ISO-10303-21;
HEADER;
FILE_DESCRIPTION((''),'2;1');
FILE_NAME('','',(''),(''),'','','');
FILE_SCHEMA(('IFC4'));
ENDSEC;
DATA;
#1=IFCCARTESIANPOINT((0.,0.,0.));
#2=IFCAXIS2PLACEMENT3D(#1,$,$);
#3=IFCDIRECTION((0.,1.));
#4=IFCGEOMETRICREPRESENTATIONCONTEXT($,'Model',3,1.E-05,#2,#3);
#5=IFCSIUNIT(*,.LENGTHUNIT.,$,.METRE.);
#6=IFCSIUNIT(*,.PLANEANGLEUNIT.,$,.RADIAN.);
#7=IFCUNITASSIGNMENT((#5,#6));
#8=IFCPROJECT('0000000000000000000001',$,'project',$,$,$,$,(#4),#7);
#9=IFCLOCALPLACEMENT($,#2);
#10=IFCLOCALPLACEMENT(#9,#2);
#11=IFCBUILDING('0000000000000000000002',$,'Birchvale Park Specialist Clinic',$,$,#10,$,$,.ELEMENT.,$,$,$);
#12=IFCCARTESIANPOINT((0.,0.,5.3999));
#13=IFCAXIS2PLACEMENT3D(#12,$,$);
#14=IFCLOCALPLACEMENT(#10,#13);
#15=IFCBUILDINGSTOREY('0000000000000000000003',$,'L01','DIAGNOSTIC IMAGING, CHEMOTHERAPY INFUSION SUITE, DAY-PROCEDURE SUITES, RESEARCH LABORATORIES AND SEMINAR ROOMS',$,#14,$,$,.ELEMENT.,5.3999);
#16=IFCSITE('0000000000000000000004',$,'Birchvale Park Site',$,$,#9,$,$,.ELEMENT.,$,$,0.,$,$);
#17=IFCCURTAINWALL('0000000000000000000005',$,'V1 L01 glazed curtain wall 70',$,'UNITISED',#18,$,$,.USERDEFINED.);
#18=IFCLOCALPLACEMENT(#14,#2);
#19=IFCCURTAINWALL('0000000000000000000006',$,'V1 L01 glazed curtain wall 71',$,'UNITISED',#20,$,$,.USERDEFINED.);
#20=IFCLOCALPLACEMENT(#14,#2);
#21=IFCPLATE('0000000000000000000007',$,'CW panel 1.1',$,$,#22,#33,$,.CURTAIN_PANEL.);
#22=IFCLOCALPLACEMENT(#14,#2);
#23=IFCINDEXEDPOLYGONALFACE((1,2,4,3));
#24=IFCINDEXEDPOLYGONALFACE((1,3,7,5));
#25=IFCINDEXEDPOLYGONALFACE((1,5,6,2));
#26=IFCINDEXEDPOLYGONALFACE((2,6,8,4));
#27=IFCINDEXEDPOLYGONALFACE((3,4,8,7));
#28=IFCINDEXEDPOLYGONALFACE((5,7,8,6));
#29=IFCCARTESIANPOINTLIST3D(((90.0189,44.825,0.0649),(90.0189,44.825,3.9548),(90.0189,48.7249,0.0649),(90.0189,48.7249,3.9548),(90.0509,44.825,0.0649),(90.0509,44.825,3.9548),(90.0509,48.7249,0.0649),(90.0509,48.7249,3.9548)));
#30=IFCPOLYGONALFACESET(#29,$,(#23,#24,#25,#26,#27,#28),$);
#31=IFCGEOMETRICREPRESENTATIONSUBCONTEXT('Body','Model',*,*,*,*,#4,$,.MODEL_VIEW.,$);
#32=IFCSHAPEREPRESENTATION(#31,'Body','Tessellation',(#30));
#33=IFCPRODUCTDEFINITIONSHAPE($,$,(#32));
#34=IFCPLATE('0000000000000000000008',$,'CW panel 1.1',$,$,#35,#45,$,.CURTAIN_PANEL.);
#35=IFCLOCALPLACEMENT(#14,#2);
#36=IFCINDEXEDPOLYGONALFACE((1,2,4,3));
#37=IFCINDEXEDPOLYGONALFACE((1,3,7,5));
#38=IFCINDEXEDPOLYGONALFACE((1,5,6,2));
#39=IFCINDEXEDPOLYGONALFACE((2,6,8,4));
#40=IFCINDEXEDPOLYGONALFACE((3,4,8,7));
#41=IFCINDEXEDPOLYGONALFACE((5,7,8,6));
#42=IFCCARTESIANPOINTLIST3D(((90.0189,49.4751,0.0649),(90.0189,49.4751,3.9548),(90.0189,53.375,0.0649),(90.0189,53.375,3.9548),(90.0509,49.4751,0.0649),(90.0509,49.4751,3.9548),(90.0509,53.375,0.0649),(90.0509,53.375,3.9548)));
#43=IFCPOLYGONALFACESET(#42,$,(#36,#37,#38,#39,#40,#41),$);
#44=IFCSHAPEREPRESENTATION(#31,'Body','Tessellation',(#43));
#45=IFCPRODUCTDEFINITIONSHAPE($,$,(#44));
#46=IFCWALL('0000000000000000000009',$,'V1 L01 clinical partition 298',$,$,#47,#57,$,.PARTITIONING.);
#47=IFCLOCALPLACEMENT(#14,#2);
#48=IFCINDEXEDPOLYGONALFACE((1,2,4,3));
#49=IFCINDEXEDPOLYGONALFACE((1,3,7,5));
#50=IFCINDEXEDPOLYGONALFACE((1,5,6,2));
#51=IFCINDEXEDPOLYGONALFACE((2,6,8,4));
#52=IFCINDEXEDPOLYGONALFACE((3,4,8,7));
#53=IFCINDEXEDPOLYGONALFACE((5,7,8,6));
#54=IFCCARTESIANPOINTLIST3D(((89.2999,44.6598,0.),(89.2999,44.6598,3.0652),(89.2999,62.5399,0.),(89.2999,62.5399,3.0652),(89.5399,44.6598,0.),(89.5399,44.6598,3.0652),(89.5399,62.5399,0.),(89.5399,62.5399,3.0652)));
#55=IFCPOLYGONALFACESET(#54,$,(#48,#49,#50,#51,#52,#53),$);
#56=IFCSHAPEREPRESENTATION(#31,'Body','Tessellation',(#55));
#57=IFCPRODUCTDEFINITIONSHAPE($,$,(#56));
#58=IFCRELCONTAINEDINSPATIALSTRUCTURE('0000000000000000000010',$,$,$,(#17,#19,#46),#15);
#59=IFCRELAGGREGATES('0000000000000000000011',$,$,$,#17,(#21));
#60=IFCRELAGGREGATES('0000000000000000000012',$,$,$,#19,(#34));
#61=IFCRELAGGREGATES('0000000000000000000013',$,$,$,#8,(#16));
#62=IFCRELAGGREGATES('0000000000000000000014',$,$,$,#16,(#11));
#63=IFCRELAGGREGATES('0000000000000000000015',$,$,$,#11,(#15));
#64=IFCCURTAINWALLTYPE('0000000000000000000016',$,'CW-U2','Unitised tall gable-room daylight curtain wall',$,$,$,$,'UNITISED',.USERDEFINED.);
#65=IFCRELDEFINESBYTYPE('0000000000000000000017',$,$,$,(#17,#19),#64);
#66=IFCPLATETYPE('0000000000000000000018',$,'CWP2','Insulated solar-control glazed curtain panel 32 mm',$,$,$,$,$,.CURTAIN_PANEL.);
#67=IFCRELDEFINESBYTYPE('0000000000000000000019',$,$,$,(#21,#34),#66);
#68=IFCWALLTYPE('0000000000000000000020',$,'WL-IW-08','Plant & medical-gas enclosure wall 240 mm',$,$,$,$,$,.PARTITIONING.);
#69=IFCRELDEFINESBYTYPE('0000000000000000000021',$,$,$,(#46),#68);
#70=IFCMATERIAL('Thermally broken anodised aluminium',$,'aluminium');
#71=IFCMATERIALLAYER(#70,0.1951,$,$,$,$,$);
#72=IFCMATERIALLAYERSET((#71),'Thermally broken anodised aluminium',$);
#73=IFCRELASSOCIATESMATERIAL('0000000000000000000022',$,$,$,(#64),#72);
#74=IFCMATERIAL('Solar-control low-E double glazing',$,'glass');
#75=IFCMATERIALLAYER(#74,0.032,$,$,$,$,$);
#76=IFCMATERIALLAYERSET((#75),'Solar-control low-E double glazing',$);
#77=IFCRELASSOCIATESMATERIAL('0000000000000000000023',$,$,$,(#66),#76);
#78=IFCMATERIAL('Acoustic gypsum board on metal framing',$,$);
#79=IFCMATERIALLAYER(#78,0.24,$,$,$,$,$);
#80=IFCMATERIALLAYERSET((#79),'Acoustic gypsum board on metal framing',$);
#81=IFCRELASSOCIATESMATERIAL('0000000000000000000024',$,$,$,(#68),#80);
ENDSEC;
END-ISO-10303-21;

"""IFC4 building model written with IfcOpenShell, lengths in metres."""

from ifc_helpers import new_model, si_unit, direction, frame, frame_2d, origin, origin_2d, place, context, subcontext, project, spatial, rectangle, extrude, material, layer, layer_set, type_object, element, aggregate, save


model = new_model("IFC4")

# Units and contexts
model_context = context("Model", 3, precision=1e-05, world=origin(), true_north=direction((0.0, 1.0)))
body_context = subcontext(model_context, "Body", "Model", "MODEL_VIEW")
ifc_project = project(units=[si_unit("LENGTHUNIT", "METRE"), si_unit("PLANEANGLEUNIT", "RADIAN")], contexts=[model_context])

# Site, building, storey
site_placement = place(None, origin())
site = spatial("IfcSite", under=ifc_project, at=site_placement, Name="Birchvale Park Site", CompositionType="ELEMENT", RefElevation=0.0)
building_placement = place(site_placement, origin())
building = spatial("IfcBuilding", under=site, at=building_placement, Name="Birchvale Park Specialist Clinic", CompositionType="ELEMENT")
storey_placement = place(building_placement, frame((0.0, 0.0, 5.3999)))
storey = spatial("IfcBuildingStorey", under=building, at=storey_placement, Name="L01", Description="DIAGNOSTIC IMAGING, CHEMOTHERAPY INFUSION SUITE, DAY-PROCEDURE SUITES, RESEARCH LABORATORIES AND SEMINAR ROOMS", CompositionType="ELEMENT", Elevation=5.3999)

# Curtain walls
ifc_material_1 = material(Name="Thermally broken anodised aluminium", Category="aluminium")
ifc_layer_1 = layer(ifc_material_1, 0.1951)
ifc_layer_set_1 = layer_set([ifc_layer_1], Name="Thermally broken anodised aluminium")
curtain_wall_type = type_object("IfcCurtainWallType", Name="CW-U2", Description="Unitised tall gable-room daylight curtain wall", ElementType="UNITISED", PredefinedType="USERDEFINED", material=ifc_layer_set_1)
curtain_wall_1_placement = place(storey_placement, origin())
curtain_wall_1 = element("IfcCurtainWall", 1, at=curtain_wall_1_placement, inside=storey, type_object=curtain_wall_type, Name="V1 L01 glazed curtain wall 70", ObjectType="UNITISED", PredefinedType="USERDEFINED")
curtain_wall_2_placement = place(storey_placement, origin())
curtain_wall_2 = element("IfcCurtainWall", 2, at=curtain_wall_2_placement, inside=storey, type_object=curtain_wall_type, Name="V1 L01 glazed curtain wall 71", ObjectType="UNITISED", PredefinedType="USERDEFINED")

# Plates
ifc_material_2 = material(Name="Solar-control low-E double glazing", Category="glass")
ifc_layer_2 = layer(ifc_material_2, 0.032)
ifc_layer_set_2 = layer_set([ifc_layer_2], Name="Solar-control low-E double glazing")
plate_type = type_object("IfcPlateType", Name="CWP2", Description="Insulated solar-control glazed curtain panel 32 mm", PredefinedType="CURTAIN_PANEL", material=ifc_layer_set_2)
plate_1_placement = place(storey_placement, frame((90.0349, 46.7749, 0.0649), z_axis=(0.0, 0.0, 1.0), x_axis=(0.0, 1.0, 0.0)))
plate_1 = element("IfcPlate", 3, at=plate_1_placement, type_object=plate_type, Name="CW panel 1.1", PredefinedType="CURTAIN_PANEL", context=body_context, shape_type="SweptSolid", body=[
    extrude(rectangle(XDim=3.8999, YDim=0.032, at=origin_2d()), origin(), (0.0, 0.0, 1.0), 3.8899),
])
aggregate(curtain_wall_1, [plate_1])
plate_2_placement = place(storey_placement, frame((90.0349, 51.425, 0.0649), z_axis=(0.0, 0.0, 1.0), x_axis=(0.0, 1.0, 0.0)))
plate_2 = element("IfcPlate", 4, at=plate_2_placement, type_object=plate_type, Name="CW panel 1.1", PredefinedType="CURTAIN_PANEL", context=body_context, shape_type="SweptSolid", body=[
    extrude(rectangle(XDim=3.8999, YDim=0.032, at=origin_2d()), origin(), (0.0, 0.0, 1.0), 3.8899),
])
aggregate(curtain_wall_2, [plate_2])

# Wall
ifc_material_3 = material(Name="Acoustic gypsum board on metal framing")
ifc_layer_3 = layer(ifc_material_3, 0.24)
ifc_layer_set_3 = layer_set([ifc_layer_3], Name="Acoustic gypsum board on metal framing")
wall_type = type_object("IfcWallType", Name="WL-IW-08", Description="Plant & medical-gas enclosure wall 240 mm", PredefinedType="PARTITIONING", material=ifc_layer_set_3)
wall_placement = place(storey_placement, frame((89.4199, 44.6599, 0.0), z_axis=(0.0, 0.0, 1.0), x_axis=(0.0, 1.0, 0.0)))
element("IfcWall", 5, at=wall_placement, inside=storey, type_object=wall_type, Name="V1 L01 clinical partition 298", PredefinedType="PARTITIONING", context=body_context, shape_type="SweptSolid", body=[
    extrude(rectangle(XDim=17.8801, YDim=0.24, at=frame_2d((8.9399, 0.0))), origin(), (0.0, 0.0, 1.0), 3.0652),
])

save(model, "model.ifc")
